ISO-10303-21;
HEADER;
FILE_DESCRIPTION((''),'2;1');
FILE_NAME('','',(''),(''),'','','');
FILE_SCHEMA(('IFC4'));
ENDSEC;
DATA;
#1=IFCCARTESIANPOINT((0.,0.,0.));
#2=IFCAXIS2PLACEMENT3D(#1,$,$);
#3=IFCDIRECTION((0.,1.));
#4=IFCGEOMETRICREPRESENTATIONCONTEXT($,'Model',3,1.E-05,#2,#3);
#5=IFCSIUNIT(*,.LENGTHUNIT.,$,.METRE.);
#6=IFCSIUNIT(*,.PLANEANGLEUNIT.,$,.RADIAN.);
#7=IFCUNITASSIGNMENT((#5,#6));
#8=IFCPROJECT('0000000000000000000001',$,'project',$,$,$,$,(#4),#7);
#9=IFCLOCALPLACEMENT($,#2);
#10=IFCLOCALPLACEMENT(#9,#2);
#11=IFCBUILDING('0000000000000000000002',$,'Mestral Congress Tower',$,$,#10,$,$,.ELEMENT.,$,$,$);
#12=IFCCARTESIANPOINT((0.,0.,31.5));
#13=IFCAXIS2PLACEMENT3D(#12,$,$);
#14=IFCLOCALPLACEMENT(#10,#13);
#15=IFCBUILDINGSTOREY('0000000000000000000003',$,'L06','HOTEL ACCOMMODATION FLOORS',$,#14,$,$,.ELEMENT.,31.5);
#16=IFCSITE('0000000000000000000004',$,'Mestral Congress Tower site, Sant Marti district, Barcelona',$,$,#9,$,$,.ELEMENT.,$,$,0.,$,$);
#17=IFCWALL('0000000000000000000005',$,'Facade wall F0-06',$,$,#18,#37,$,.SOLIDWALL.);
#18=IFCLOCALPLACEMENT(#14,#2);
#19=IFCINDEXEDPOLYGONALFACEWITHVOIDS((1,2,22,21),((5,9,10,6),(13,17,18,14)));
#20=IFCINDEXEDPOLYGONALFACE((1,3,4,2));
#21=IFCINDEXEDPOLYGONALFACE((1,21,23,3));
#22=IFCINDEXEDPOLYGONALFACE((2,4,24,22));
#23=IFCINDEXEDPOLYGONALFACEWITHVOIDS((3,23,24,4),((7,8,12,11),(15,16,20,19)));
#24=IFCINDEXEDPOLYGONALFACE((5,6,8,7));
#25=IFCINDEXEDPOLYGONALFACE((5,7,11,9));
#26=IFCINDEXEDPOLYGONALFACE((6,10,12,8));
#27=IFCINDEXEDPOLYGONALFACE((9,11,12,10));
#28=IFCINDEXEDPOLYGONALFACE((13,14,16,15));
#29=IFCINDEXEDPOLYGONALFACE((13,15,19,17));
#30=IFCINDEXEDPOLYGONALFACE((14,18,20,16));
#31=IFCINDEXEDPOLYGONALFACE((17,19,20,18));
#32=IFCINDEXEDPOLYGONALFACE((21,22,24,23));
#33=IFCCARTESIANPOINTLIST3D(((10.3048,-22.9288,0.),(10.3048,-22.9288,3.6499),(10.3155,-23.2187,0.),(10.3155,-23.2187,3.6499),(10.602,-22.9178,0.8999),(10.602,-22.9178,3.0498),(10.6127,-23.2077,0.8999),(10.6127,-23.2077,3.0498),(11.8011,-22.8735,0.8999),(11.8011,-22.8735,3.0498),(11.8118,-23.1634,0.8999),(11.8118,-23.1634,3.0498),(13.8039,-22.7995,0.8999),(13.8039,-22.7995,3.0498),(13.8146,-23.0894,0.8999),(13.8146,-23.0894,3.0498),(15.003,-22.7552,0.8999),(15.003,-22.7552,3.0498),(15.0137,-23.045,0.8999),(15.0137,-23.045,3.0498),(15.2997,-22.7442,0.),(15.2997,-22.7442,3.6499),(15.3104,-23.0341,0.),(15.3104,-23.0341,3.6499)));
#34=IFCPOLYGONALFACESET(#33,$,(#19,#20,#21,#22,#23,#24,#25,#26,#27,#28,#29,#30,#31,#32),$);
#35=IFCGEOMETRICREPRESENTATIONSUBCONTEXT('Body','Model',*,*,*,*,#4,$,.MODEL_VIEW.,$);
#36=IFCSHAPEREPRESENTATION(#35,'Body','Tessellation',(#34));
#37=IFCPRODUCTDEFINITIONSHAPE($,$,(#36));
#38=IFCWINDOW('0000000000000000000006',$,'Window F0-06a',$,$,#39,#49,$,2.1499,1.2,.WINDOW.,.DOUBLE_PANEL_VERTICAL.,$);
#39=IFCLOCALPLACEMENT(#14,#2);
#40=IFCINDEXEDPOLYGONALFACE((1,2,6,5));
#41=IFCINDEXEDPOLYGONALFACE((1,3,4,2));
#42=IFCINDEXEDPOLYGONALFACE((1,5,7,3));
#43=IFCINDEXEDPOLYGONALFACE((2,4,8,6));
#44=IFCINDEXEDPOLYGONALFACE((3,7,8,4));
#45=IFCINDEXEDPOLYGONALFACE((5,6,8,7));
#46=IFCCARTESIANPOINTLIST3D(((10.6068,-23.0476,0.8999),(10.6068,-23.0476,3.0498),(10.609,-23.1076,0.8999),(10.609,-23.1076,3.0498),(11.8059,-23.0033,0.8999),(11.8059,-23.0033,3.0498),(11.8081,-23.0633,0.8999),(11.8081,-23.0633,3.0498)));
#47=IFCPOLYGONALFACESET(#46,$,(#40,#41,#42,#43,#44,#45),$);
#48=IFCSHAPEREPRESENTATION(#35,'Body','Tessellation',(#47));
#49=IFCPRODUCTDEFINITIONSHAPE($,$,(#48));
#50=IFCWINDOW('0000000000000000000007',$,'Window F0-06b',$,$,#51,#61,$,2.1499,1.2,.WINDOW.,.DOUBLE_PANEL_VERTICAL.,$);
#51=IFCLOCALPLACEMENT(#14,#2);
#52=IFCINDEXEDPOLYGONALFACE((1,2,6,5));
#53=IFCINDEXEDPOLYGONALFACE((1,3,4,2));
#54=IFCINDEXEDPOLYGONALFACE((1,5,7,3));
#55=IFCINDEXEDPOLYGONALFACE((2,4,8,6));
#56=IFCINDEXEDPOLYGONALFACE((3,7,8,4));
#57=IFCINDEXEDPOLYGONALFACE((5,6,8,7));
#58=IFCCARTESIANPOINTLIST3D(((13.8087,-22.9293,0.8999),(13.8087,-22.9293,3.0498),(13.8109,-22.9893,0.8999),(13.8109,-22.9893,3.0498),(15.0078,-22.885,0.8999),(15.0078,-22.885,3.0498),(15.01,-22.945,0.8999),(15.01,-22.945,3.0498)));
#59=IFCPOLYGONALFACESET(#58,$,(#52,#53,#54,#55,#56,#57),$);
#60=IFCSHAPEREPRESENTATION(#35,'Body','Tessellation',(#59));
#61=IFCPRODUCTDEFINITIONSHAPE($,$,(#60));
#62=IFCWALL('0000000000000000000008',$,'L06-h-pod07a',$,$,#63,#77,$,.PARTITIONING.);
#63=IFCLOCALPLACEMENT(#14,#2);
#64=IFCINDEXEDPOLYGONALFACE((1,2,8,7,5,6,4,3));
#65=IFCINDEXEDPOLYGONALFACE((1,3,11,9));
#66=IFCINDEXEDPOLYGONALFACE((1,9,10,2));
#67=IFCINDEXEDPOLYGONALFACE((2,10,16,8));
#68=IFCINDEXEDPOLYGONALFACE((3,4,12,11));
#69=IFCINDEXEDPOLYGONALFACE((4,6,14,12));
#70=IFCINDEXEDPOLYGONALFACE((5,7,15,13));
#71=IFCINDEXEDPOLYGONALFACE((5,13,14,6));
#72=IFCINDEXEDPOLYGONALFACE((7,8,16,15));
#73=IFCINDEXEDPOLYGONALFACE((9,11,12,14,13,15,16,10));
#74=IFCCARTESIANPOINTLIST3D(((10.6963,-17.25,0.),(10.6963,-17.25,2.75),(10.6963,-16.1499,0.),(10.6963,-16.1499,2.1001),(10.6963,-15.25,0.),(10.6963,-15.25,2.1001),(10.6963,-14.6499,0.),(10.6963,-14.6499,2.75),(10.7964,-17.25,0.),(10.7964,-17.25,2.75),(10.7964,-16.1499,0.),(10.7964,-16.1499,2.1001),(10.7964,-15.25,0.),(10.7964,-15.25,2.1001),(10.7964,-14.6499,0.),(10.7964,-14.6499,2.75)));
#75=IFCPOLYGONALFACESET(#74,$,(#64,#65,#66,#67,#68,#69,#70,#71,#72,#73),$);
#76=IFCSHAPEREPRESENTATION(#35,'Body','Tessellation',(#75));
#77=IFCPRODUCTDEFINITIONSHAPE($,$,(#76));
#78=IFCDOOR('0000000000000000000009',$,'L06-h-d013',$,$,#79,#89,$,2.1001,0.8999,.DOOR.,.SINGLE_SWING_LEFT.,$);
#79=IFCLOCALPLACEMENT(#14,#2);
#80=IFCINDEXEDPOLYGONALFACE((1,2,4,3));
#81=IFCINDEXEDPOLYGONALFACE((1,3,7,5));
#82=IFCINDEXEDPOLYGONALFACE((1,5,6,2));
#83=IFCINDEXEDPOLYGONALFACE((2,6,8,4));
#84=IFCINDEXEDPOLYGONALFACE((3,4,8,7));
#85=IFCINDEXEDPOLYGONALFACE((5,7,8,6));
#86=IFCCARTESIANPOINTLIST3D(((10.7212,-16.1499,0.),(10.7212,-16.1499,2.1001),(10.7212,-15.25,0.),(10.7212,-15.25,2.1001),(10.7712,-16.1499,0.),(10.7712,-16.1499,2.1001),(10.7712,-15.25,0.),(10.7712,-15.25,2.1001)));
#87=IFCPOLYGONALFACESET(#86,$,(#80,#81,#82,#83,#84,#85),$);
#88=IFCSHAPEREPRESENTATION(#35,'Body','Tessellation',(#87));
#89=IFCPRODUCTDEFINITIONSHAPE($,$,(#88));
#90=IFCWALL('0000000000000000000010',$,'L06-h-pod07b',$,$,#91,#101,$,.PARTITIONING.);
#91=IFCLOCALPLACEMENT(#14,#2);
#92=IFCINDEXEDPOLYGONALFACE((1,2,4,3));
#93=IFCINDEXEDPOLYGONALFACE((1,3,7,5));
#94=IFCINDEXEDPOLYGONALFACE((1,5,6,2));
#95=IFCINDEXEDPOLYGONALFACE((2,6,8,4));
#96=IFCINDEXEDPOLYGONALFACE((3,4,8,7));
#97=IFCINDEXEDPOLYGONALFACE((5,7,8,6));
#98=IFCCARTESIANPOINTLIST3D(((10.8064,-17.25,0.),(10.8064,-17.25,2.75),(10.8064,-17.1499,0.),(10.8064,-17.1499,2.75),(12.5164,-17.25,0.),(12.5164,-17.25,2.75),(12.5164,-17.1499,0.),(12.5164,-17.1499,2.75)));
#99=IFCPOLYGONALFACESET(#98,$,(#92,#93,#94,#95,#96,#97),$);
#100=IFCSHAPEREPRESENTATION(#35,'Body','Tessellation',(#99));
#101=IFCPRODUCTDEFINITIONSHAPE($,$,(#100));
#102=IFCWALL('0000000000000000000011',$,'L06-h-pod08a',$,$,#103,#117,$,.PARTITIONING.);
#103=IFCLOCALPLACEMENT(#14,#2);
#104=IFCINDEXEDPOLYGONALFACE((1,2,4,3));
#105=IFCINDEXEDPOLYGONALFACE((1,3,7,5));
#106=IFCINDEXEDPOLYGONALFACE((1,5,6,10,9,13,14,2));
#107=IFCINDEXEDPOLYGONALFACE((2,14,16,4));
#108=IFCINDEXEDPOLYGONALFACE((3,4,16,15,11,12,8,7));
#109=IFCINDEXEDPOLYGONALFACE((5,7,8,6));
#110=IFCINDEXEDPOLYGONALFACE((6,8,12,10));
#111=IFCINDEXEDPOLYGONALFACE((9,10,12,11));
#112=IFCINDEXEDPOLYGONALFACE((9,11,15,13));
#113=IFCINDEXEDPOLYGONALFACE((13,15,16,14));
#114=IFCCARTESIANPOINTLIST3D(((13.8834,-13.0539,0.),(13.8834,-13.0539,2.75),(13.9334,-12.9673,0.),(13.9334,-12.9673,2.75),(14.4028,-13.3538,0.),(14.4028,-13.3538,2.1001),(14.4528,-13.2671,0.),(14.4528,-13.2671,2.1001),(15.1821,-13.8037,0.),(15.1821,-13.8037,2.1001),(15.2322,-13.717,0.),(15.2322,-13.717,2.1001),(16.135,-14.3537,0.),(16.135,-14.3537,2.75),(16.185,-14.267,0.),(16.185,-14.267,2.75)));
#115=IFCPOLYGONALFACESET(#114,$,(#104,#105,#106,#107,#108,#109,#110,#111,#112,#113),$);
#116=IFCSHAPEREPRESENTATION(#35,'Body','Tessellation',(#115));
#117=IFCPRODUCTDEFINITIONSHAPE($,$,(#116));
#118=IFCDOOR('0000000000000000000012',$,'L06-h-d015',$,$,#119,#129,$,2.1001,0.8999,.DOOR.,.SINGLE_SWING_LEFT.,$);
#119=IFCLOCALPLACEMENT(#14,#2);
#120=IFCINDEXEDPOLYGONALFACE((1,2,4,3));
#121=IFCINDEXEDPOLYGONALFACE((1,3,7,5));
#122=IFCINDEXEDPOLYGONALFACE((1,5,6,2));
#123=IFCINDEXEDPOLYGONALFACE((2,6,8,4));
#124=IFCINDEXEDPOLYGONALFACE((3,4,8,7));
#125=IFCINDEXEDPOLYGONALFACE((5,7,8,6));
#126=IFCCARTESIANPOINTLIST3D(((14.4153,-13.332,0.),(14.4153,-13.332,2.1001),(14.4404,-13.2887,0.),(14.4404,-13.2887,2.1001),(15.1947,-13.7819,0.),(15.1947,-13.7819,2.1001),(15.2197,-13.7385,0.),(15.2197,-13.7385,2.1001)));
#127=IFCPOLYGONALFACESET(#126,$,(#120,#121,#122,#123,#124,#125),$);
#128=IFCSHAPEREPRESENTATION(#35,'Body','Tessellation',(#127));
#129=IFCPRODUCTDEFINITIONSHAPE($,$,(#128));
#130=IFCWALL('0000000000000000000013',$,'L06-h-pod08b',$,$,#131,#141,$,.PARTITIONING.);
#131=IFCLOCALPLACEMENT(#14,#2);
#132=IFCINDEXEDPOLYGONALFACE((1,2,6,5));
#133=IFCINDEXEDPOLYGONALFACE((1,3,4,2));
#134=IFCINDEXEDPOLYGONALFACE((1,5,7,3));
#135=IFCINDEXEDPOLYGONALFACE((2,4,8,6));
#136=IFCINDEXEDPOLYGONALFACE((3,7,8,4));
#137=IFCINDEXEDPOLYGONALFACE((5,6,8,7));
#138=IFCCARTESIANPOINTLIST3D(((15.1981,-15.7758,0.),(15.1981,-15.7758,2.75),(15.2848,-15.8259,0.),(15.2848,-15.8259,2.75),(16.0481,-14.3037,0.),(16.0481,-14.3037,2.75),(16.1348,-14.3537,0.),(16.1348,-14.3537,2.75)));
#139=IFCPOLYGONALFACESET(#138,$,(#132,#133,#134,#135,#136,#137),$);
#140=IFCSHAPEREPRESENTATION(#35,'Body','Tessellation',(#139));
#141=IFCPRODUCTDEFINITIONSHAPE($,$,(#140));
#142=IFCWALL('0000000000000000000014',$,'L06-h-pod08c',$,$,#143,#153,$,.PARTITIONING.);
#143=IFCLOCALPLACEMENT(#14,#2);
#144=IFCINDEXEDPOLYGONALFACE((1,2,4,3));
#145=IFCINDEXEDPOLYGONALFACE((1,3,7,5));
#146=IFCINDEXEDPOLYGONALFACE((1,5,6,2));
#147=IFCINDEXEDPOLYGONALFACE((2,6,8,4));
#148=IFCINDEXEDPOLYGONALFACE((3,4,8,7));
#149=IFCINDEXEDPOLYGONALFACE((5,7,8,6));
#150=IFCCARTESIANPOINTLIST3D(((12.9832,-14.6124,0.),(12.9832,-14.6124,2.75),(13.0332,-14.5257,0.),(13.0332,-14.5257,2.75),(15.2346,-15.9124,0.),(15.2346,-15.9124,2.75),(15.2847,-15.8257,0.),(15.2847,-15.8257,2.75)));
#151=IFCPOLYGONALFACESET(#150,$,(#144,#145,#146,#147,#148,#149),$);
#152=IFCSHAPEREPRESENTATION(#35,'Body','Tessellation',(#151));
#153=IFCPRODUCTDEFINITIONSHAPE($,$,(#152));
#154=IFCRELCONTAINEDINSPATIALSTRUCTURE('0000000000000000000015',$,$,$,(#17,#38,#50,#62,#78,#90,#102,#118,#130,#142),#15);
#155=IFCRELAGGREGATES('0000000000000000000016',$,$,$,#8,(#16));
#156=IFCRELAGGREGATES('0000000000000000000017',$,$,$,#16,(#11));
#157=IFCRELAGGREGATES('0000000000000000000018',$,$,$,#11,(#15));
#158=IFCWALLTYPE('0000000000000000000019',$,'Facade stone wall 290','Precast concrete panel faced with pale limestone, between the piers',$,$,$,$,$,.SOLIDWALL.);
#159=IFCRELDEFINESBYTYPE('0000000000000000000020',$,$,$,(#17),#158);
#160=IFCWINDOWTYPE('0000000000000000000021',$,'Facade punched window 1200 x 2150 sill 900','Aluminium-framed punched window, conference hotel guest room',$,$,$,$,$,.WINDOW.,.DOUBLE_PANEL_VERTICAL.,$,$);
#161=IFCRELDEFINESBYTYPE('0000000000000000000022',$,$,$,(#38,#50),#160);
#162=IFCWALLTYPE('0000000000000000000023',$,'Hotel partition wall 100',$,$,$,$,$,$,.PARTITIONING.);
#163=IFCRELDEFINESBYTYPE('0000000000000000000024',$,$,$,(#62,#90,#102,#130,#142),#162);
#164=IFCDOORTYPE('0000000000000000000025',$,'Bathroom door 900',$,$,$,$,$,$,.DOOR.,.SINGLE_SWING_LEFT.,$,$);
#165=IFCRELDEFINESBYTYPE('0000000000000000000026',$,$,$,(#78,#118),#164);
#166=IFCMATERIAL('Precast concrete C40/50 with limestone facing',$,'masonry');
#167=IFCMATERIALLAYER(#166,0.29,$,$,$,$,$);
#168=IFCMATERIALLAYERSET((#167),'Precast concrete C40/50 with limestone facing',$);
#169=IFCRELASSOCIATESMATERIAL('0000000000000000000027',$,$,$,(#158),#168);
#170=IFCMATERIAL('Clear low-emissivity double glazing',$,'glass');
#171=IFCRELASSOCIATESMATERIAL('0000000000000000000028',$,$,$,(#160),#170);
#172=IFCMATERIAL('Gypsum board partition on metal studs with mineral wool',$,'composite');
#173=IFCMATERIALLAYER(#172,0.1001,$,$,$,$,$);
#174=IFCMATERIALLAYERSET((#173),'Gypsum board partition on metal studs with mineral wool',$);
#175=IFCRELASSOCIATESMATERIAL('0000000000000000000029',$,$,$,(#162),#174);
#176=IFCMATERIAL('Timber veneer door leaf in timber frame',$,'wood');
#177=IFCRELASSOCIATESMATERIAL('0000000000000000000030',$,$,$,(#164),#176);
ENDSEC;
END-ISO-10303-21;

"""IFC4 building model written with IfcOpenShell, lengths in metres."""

from ifc_helpers import new_model, si_unit, direction, frame, frame_2d, origin, place, context, subcontext, project, spatial, rectangle, extrude, material, layer, layer_set, type_object, element, fill, save


model = new_model("IFC4")

# Units and contexts
model_context = context("Model", 3, precision=1e-05, world=origin(), true_north=direction((0.0, 1.0)))
body_context = subcontext(model_context, "Body", "Model", "MODEL_VIEW")
ifc_project = project(units=[si_unit("LENGTHUNIT", "METRE"), si_unit("PLANEANGLEUNIT", "RADIAN")], contexts=[model_context])

# Site, building, storey
site_placement = place(None, origin())
site = spatial("IfcSite", under=ifc_project, at=site_placement, Name="Mestral Congress Tower site, Sant Marti district, Barcelona", CompositionType="ELEMENT", RefElevation=0.0)
building_placement = place(site_placement, origin())
building = spatial("IfcBuilding", under=site, at=building_placement, Name="Mestral Congress Tower", CompositionType="ELEMENT")
storey_placement = place(building_placement, frame((0.0, 0.0, 31.5)))
storey = spatial("IfcBuildingStorey", under=building, at=storey_placement, Name="L06", Description="HOTEL ACCOMMODATION FLOORS", CompositionType="ELEMENT", Elevation=31.5)

# Wall, openings, windows
ifc_material_1 = material(Name="Precast concrete C40/50 with limestone facing", Category="masonry")
ifc_layer_1 = layer(ifc_material_1, 0.29)
ifc_layer_set_1 = layer_set([ifc_layer_1], Name="Precast concrete C40/50 with limestone facing")
wall_type_1 = type_object("IfcWallType", Name="Facade stone wall 290", Description="Precast concrete panel faced with pale limestone, between the piers", PredefinedType="SOLIDWALL", material=ifc_layer_set_1)
wall_1_placement = place(storey_placement, frame((10.3103, -23.0737, 0.0), z_axis=(0.0, 0.0, 1.0), x_axis=(0.999318, 0.036927, 0.0)))
wall_1 = element("IfcWall", 1, at=wall_1_placement, inside=storey, type_object=wall_type_1, Name="Facade wall F0-06", PredefinedType="SOLIDWALL", context=body_context, shape_type="SweptSolid", body=[
    extrude(rectangle(XDim=4.9983, YDim=0.29, at=frame_2d((2.499, 0.0))), origin(), (0.0, 0.0, 1.0), 3.6499),
])
opening_1_placement = place(wall_1_placement, frame((0.2971, 0.0, 0.8999)))
opening_1 = element("IfcOpeningElement", 2, at=opening_1_placement, cuts=wall_1, PredefinedType="OPENING", context=body_context, shape_type="SweptSolid", body=[
    extrude(rectangle(XDim=1.2, YDim=2.1499, at=frame_2d((0.6001, 1.075))), frame((0.0, 0.155, 0.0), z_axis=(0.0, -1.0, 0.0), x_axis=(1.0, 0.0, 0.0)), (0.0, 0.0, 1.0), 0.3101),
])
opening_2_placement = place(wall_1_placement, frame((3.5012, 0.0, 0.8999)))
opening_2 = element("IfcOpeningElement", 3, at=opening_2_placement, cuts=wall_1, PredefinedType="OPENING", context=body_context, shape_type="SweptSolid", body=[
    extrude(rectangle(XDim=1.2, YDim=2.1499, at=frame_2d((0.6001, 1.075))), frame((0.0, 0.155, 0.0), z_axis=(0.0, -1.0, 0.0), x_axis=(1.0, 0.0, 0.0)), (0.0, 0.0, 1.0), 0.3101),
])
ifc_material_2 = material(Name="Clear low-emissivity double glazing", Category="glass")
window_type = type_object("IfcWindowType", Name="Facade punched window 1200 x 2150 sill 900", Description="Aluminium-framed punched window, conference hotel guest room", PartitioningType="DOUBLE_PANEL_VERTICAL", PredefinedType="WINDOW", material=ifc_material_2)
window_1_placement = place(opening_1_placement, origin())
window_1 = element("IfcWindow", 4, at=window_1_placement, inside=storey, type_object=window_type, Name="Window F0-06a", OverallHeight=2.1499, OverallWidth=1.2, PartitioningType="DOUBLE_PANEL_VERTICAL", PredefinedType="WINDOW", context=body_context, shape_type="SweptSolid", body=[
    extrude(rectangle(XDim=1.2, YDim=2.1499, at=frame_2d((0.6001, 1.075))), frame((0.0, 0.0151, 0.0), z_axis=(0.0, -1.0, 0.0), x_axis=(1.0, 0.0, 0.0)), (0.0, 0.0, 1.0), 0.0601),
])
fill(opening_1, window_1)
window_2_placement = place(opening_2_placement, origin())
window_2 = element("IfcWindow", 5, at=window_2_placement, inside=storey, type_object=window_type, Name="Window F0-06b", OverallHeight=2.1499, OverallWidth=1.2, PartitioningType="DOUBLE_PANEL_VERTICAL", PredefinedType="WINDOW", context=body_context, shape_type="SweptSolid", body=[
    extrude(rectangle(XDim=1.2, YDim=2.1499, at=frame_2d((0.6001, 1.075))), frame((0.0, 0.0151, 0.0), z_axis=(0.0, -1.0, 0.0), x_axis=(1.0, 0.0, 0.0)), (0.0, 0.0, 1.0), 0.0601),
])
fill(opening_2, window_2)

# Wall, opening, door
ifc_material_3 = material(Name="Gypsum board partition on metal studs with mineral wool", Category="composite")
ifc_layer_2 = layer(ifc_material_3, 0.1001)
ifc_layer_set_2 = layer_set([ifc_layer_2], Name="Gypsum board partition on metal studs with mineral wool")
wall_type_2 = type_object("IfcWallType", Name="Hotel partition wall 100", PredefinedType="PARTITIONING", material=ifc_layer_set_2)
wall_2_placement = place(storey_placement, frame((10.7463, -14.6499, 0.0), z_axis=(0.0, 0.0, 1.0), x_axis=(0.0, -1.0, 0.0)))
wall_2 = element("IfcWall", 6, at=wall_2_placement, inside=storey, type_object=wall_type_2, Name="L06-h-pod07a", PredefinedType="PARTITIONING", context=body_context, shape_type="SweptSolid", body=[
    extrude(rectangle(XDim=2.6001, YDim=0.1001, at=frame_2d((1.3, 0.0))), origin(), (0.0, 0.0, 1.0), 2.75),
])
opening_3_placement = place(wall_2_placement, frame((0.6001, 0.0, 0.0)))
opening_3 = element("IfcOpeningElement", 7, at=opening_3_placement, cuts=wall_2, PredefinedType="OPENING", context=body_context, shape_type="SweptSolid", body=[
    extrude(rectangle(XDim=0.8999, YDim=2.1001, at=frame_2d((0.45, 1.05))), frame((0.0, 0.0601, 0.0), z_axis=(0.0, -1.0, 0.0), x_axis=(1.0, 0.0, 0.0)), (0.0, 0.0, 1.0), 0.1201),
])
ifc_material_4 = material(Name="Timber veneer door leaf in timber frame", Category="wood")
door_type_1 = type_object("IfcDoorType", Name="Bathroom door 900", OperationType="SINGLE_SWING_LEFT", PredefinedType="DOOR", material=ifc_material_4)
door_1_placement = place(opening_3_placement, origin())
door_1 = element("IfcDoor", 8, at=door_1_placement, inside=storey, type_object=door_type_1, Name="L06-h-d013", OperationType="SINGLE_SWING_LEFT", OverallHeight=2.1001, OverallWidth=0.8999, PredefinedType="DOOR", context=body_context, shape_type="SweptSolid", body=[
    extrude(rectangle(XDim=0.8999, YDim=2.1001, at=frame_2d((0.45, 1.05))), frame((0.0, 0.0249, 0.0), z_axis=(0.0, -1.0, 0.0), x_axis=(1.0, 0.0, 0.0)), (0.0, 0.0, 1.0), 0.05),
])
fill(opening_3, door_1)

# Wall
wall_3_placement = place(storey_placement, frame((10.8064, -17.2, 0.0), z_axis=(0.0, 0.0, 1.0), x_axis=(1.0, 0.0, 0.0)))
element("IfcWall", 9, at=wall_3_placement, inside=storey, type_object=wall_type_2, Name="L06-h-pod07b", PredefinedType="PARTITIONING", context=body_context, shape_type="SweptSolid", body=[
    extrude(rectangle(XDim=1.71, YDim=0.1001, at=frame_2d((0.855, 0.0))), origin(), (0.0, 0.0, 1.0), 2.75),
])

# Wall, opening, door
wall_4_placement = place(storey_placement, frame((16.1599, -14.3103, 0.0), z_axis=(0.0, 0.0, 1.0), x_axis=(-0.866062, 0.499937, 0.0)))
wall_4 = element("IfcWall", 10, at=wall_4_placement, inside=storey, type_object=wall_type_2, Name="L06-h-pod08a", PredefinedType="PARTITIONING", context=body_context, shape_type="SweptSolid", body=[
    extrude(rectangle(XDim=2.5999, YDim=0.1001, at=frame_2d((1.2998, 0.0))), origin(), (0.0, 0.0, 1.0), 2.75),
])
opening_4_placement = place(wall_4_placement, frame((1.1001, 0.0, 0.0)))
opening_4 = element("IfcOpeningElement", 11, at=opening_4_placement, cuts=wall_4, PredefinedType="OPENING", context=body_context, shape_type="SweptSolid", body=[
    extrude(rectangle(XDim=0.8999, YDim=2.1001, at=frame_2d((0.45, 1.05))), frame((0.0, 0.0601, 0.0), z_axis=(0.0, -1.0, 0.0), x_axis=(1.0, 0.0, 0.0)), (0.0, 0.0, 1.0), 0.1201),
])
door_2_placement = place(opening_4_placement, origin())
door_2 = element("IfcDoor", 12, at=door_2_placement, inside=storey, type_object=door_type_1, Name="L06-h-d015", OperationType="SINGLE_SWING_LEFT", OverallHeight=2.1001, OverallWidth=0.8999, PredefinedType="DOOR", context=body_context, shape_type="SweptSolid", body=[
    extrude(rectangle(XDim=0.8999, YDim=2.1001, at=frame_2d((0.45, 1.05))), frame((0.0, 0.0249, 0.0), z_axis=(0.0, -1.0, 0.0), x_axis=(1.0, 0.0, 0.0)), (0.0, 0.0, 1.0), 0.05),
])
fill(opening_4, door_2)

# Walls
wall_5_placement = place(storey_placement, frame((16.0916, -14.3286, 0.0), z_axis=(0.0, 0.0, 1.0), x_axis=(-0.500062, -0.865989, 0.0)))
element("IfcWall", 13, at=wall_5_placement, inside=storey, type_object=wall_type_2, Name="L06-h-pod08b", PredefinedType="PARTITIONING", context=body_context, shape_type="SweptSolid", body=[
    extrude(rectangle(XDim=1.7, YDim=0.1001, at=frame_2d((0.8501, 0.0))), origin(), (0.0, 0.0, 1.0), 2.75),
])
wall_6_placement = place(storey_placement, frame((13.0083, -14.5691, 0.0), z_axis=(0.0, 0.0, 1.0), x_axis=(0.865998, -0.500048, 0.0)))
element("IfcWall", 14, at=wall_6_placement, inside=storey, type_object=wall_type_2, Name="L06-h-pod08c", PredefinedType="PARTITIONING", context=body_context, shape_type="SweptSolid", body=[
    extrude(rectangle(XDim=2.5999, YDim=0.1001, at=frame_2d((1.2998, 0.0))), origin(), (0.0, 0.0, 1.0), 2.75),
])

save(model, "model.ifc")
